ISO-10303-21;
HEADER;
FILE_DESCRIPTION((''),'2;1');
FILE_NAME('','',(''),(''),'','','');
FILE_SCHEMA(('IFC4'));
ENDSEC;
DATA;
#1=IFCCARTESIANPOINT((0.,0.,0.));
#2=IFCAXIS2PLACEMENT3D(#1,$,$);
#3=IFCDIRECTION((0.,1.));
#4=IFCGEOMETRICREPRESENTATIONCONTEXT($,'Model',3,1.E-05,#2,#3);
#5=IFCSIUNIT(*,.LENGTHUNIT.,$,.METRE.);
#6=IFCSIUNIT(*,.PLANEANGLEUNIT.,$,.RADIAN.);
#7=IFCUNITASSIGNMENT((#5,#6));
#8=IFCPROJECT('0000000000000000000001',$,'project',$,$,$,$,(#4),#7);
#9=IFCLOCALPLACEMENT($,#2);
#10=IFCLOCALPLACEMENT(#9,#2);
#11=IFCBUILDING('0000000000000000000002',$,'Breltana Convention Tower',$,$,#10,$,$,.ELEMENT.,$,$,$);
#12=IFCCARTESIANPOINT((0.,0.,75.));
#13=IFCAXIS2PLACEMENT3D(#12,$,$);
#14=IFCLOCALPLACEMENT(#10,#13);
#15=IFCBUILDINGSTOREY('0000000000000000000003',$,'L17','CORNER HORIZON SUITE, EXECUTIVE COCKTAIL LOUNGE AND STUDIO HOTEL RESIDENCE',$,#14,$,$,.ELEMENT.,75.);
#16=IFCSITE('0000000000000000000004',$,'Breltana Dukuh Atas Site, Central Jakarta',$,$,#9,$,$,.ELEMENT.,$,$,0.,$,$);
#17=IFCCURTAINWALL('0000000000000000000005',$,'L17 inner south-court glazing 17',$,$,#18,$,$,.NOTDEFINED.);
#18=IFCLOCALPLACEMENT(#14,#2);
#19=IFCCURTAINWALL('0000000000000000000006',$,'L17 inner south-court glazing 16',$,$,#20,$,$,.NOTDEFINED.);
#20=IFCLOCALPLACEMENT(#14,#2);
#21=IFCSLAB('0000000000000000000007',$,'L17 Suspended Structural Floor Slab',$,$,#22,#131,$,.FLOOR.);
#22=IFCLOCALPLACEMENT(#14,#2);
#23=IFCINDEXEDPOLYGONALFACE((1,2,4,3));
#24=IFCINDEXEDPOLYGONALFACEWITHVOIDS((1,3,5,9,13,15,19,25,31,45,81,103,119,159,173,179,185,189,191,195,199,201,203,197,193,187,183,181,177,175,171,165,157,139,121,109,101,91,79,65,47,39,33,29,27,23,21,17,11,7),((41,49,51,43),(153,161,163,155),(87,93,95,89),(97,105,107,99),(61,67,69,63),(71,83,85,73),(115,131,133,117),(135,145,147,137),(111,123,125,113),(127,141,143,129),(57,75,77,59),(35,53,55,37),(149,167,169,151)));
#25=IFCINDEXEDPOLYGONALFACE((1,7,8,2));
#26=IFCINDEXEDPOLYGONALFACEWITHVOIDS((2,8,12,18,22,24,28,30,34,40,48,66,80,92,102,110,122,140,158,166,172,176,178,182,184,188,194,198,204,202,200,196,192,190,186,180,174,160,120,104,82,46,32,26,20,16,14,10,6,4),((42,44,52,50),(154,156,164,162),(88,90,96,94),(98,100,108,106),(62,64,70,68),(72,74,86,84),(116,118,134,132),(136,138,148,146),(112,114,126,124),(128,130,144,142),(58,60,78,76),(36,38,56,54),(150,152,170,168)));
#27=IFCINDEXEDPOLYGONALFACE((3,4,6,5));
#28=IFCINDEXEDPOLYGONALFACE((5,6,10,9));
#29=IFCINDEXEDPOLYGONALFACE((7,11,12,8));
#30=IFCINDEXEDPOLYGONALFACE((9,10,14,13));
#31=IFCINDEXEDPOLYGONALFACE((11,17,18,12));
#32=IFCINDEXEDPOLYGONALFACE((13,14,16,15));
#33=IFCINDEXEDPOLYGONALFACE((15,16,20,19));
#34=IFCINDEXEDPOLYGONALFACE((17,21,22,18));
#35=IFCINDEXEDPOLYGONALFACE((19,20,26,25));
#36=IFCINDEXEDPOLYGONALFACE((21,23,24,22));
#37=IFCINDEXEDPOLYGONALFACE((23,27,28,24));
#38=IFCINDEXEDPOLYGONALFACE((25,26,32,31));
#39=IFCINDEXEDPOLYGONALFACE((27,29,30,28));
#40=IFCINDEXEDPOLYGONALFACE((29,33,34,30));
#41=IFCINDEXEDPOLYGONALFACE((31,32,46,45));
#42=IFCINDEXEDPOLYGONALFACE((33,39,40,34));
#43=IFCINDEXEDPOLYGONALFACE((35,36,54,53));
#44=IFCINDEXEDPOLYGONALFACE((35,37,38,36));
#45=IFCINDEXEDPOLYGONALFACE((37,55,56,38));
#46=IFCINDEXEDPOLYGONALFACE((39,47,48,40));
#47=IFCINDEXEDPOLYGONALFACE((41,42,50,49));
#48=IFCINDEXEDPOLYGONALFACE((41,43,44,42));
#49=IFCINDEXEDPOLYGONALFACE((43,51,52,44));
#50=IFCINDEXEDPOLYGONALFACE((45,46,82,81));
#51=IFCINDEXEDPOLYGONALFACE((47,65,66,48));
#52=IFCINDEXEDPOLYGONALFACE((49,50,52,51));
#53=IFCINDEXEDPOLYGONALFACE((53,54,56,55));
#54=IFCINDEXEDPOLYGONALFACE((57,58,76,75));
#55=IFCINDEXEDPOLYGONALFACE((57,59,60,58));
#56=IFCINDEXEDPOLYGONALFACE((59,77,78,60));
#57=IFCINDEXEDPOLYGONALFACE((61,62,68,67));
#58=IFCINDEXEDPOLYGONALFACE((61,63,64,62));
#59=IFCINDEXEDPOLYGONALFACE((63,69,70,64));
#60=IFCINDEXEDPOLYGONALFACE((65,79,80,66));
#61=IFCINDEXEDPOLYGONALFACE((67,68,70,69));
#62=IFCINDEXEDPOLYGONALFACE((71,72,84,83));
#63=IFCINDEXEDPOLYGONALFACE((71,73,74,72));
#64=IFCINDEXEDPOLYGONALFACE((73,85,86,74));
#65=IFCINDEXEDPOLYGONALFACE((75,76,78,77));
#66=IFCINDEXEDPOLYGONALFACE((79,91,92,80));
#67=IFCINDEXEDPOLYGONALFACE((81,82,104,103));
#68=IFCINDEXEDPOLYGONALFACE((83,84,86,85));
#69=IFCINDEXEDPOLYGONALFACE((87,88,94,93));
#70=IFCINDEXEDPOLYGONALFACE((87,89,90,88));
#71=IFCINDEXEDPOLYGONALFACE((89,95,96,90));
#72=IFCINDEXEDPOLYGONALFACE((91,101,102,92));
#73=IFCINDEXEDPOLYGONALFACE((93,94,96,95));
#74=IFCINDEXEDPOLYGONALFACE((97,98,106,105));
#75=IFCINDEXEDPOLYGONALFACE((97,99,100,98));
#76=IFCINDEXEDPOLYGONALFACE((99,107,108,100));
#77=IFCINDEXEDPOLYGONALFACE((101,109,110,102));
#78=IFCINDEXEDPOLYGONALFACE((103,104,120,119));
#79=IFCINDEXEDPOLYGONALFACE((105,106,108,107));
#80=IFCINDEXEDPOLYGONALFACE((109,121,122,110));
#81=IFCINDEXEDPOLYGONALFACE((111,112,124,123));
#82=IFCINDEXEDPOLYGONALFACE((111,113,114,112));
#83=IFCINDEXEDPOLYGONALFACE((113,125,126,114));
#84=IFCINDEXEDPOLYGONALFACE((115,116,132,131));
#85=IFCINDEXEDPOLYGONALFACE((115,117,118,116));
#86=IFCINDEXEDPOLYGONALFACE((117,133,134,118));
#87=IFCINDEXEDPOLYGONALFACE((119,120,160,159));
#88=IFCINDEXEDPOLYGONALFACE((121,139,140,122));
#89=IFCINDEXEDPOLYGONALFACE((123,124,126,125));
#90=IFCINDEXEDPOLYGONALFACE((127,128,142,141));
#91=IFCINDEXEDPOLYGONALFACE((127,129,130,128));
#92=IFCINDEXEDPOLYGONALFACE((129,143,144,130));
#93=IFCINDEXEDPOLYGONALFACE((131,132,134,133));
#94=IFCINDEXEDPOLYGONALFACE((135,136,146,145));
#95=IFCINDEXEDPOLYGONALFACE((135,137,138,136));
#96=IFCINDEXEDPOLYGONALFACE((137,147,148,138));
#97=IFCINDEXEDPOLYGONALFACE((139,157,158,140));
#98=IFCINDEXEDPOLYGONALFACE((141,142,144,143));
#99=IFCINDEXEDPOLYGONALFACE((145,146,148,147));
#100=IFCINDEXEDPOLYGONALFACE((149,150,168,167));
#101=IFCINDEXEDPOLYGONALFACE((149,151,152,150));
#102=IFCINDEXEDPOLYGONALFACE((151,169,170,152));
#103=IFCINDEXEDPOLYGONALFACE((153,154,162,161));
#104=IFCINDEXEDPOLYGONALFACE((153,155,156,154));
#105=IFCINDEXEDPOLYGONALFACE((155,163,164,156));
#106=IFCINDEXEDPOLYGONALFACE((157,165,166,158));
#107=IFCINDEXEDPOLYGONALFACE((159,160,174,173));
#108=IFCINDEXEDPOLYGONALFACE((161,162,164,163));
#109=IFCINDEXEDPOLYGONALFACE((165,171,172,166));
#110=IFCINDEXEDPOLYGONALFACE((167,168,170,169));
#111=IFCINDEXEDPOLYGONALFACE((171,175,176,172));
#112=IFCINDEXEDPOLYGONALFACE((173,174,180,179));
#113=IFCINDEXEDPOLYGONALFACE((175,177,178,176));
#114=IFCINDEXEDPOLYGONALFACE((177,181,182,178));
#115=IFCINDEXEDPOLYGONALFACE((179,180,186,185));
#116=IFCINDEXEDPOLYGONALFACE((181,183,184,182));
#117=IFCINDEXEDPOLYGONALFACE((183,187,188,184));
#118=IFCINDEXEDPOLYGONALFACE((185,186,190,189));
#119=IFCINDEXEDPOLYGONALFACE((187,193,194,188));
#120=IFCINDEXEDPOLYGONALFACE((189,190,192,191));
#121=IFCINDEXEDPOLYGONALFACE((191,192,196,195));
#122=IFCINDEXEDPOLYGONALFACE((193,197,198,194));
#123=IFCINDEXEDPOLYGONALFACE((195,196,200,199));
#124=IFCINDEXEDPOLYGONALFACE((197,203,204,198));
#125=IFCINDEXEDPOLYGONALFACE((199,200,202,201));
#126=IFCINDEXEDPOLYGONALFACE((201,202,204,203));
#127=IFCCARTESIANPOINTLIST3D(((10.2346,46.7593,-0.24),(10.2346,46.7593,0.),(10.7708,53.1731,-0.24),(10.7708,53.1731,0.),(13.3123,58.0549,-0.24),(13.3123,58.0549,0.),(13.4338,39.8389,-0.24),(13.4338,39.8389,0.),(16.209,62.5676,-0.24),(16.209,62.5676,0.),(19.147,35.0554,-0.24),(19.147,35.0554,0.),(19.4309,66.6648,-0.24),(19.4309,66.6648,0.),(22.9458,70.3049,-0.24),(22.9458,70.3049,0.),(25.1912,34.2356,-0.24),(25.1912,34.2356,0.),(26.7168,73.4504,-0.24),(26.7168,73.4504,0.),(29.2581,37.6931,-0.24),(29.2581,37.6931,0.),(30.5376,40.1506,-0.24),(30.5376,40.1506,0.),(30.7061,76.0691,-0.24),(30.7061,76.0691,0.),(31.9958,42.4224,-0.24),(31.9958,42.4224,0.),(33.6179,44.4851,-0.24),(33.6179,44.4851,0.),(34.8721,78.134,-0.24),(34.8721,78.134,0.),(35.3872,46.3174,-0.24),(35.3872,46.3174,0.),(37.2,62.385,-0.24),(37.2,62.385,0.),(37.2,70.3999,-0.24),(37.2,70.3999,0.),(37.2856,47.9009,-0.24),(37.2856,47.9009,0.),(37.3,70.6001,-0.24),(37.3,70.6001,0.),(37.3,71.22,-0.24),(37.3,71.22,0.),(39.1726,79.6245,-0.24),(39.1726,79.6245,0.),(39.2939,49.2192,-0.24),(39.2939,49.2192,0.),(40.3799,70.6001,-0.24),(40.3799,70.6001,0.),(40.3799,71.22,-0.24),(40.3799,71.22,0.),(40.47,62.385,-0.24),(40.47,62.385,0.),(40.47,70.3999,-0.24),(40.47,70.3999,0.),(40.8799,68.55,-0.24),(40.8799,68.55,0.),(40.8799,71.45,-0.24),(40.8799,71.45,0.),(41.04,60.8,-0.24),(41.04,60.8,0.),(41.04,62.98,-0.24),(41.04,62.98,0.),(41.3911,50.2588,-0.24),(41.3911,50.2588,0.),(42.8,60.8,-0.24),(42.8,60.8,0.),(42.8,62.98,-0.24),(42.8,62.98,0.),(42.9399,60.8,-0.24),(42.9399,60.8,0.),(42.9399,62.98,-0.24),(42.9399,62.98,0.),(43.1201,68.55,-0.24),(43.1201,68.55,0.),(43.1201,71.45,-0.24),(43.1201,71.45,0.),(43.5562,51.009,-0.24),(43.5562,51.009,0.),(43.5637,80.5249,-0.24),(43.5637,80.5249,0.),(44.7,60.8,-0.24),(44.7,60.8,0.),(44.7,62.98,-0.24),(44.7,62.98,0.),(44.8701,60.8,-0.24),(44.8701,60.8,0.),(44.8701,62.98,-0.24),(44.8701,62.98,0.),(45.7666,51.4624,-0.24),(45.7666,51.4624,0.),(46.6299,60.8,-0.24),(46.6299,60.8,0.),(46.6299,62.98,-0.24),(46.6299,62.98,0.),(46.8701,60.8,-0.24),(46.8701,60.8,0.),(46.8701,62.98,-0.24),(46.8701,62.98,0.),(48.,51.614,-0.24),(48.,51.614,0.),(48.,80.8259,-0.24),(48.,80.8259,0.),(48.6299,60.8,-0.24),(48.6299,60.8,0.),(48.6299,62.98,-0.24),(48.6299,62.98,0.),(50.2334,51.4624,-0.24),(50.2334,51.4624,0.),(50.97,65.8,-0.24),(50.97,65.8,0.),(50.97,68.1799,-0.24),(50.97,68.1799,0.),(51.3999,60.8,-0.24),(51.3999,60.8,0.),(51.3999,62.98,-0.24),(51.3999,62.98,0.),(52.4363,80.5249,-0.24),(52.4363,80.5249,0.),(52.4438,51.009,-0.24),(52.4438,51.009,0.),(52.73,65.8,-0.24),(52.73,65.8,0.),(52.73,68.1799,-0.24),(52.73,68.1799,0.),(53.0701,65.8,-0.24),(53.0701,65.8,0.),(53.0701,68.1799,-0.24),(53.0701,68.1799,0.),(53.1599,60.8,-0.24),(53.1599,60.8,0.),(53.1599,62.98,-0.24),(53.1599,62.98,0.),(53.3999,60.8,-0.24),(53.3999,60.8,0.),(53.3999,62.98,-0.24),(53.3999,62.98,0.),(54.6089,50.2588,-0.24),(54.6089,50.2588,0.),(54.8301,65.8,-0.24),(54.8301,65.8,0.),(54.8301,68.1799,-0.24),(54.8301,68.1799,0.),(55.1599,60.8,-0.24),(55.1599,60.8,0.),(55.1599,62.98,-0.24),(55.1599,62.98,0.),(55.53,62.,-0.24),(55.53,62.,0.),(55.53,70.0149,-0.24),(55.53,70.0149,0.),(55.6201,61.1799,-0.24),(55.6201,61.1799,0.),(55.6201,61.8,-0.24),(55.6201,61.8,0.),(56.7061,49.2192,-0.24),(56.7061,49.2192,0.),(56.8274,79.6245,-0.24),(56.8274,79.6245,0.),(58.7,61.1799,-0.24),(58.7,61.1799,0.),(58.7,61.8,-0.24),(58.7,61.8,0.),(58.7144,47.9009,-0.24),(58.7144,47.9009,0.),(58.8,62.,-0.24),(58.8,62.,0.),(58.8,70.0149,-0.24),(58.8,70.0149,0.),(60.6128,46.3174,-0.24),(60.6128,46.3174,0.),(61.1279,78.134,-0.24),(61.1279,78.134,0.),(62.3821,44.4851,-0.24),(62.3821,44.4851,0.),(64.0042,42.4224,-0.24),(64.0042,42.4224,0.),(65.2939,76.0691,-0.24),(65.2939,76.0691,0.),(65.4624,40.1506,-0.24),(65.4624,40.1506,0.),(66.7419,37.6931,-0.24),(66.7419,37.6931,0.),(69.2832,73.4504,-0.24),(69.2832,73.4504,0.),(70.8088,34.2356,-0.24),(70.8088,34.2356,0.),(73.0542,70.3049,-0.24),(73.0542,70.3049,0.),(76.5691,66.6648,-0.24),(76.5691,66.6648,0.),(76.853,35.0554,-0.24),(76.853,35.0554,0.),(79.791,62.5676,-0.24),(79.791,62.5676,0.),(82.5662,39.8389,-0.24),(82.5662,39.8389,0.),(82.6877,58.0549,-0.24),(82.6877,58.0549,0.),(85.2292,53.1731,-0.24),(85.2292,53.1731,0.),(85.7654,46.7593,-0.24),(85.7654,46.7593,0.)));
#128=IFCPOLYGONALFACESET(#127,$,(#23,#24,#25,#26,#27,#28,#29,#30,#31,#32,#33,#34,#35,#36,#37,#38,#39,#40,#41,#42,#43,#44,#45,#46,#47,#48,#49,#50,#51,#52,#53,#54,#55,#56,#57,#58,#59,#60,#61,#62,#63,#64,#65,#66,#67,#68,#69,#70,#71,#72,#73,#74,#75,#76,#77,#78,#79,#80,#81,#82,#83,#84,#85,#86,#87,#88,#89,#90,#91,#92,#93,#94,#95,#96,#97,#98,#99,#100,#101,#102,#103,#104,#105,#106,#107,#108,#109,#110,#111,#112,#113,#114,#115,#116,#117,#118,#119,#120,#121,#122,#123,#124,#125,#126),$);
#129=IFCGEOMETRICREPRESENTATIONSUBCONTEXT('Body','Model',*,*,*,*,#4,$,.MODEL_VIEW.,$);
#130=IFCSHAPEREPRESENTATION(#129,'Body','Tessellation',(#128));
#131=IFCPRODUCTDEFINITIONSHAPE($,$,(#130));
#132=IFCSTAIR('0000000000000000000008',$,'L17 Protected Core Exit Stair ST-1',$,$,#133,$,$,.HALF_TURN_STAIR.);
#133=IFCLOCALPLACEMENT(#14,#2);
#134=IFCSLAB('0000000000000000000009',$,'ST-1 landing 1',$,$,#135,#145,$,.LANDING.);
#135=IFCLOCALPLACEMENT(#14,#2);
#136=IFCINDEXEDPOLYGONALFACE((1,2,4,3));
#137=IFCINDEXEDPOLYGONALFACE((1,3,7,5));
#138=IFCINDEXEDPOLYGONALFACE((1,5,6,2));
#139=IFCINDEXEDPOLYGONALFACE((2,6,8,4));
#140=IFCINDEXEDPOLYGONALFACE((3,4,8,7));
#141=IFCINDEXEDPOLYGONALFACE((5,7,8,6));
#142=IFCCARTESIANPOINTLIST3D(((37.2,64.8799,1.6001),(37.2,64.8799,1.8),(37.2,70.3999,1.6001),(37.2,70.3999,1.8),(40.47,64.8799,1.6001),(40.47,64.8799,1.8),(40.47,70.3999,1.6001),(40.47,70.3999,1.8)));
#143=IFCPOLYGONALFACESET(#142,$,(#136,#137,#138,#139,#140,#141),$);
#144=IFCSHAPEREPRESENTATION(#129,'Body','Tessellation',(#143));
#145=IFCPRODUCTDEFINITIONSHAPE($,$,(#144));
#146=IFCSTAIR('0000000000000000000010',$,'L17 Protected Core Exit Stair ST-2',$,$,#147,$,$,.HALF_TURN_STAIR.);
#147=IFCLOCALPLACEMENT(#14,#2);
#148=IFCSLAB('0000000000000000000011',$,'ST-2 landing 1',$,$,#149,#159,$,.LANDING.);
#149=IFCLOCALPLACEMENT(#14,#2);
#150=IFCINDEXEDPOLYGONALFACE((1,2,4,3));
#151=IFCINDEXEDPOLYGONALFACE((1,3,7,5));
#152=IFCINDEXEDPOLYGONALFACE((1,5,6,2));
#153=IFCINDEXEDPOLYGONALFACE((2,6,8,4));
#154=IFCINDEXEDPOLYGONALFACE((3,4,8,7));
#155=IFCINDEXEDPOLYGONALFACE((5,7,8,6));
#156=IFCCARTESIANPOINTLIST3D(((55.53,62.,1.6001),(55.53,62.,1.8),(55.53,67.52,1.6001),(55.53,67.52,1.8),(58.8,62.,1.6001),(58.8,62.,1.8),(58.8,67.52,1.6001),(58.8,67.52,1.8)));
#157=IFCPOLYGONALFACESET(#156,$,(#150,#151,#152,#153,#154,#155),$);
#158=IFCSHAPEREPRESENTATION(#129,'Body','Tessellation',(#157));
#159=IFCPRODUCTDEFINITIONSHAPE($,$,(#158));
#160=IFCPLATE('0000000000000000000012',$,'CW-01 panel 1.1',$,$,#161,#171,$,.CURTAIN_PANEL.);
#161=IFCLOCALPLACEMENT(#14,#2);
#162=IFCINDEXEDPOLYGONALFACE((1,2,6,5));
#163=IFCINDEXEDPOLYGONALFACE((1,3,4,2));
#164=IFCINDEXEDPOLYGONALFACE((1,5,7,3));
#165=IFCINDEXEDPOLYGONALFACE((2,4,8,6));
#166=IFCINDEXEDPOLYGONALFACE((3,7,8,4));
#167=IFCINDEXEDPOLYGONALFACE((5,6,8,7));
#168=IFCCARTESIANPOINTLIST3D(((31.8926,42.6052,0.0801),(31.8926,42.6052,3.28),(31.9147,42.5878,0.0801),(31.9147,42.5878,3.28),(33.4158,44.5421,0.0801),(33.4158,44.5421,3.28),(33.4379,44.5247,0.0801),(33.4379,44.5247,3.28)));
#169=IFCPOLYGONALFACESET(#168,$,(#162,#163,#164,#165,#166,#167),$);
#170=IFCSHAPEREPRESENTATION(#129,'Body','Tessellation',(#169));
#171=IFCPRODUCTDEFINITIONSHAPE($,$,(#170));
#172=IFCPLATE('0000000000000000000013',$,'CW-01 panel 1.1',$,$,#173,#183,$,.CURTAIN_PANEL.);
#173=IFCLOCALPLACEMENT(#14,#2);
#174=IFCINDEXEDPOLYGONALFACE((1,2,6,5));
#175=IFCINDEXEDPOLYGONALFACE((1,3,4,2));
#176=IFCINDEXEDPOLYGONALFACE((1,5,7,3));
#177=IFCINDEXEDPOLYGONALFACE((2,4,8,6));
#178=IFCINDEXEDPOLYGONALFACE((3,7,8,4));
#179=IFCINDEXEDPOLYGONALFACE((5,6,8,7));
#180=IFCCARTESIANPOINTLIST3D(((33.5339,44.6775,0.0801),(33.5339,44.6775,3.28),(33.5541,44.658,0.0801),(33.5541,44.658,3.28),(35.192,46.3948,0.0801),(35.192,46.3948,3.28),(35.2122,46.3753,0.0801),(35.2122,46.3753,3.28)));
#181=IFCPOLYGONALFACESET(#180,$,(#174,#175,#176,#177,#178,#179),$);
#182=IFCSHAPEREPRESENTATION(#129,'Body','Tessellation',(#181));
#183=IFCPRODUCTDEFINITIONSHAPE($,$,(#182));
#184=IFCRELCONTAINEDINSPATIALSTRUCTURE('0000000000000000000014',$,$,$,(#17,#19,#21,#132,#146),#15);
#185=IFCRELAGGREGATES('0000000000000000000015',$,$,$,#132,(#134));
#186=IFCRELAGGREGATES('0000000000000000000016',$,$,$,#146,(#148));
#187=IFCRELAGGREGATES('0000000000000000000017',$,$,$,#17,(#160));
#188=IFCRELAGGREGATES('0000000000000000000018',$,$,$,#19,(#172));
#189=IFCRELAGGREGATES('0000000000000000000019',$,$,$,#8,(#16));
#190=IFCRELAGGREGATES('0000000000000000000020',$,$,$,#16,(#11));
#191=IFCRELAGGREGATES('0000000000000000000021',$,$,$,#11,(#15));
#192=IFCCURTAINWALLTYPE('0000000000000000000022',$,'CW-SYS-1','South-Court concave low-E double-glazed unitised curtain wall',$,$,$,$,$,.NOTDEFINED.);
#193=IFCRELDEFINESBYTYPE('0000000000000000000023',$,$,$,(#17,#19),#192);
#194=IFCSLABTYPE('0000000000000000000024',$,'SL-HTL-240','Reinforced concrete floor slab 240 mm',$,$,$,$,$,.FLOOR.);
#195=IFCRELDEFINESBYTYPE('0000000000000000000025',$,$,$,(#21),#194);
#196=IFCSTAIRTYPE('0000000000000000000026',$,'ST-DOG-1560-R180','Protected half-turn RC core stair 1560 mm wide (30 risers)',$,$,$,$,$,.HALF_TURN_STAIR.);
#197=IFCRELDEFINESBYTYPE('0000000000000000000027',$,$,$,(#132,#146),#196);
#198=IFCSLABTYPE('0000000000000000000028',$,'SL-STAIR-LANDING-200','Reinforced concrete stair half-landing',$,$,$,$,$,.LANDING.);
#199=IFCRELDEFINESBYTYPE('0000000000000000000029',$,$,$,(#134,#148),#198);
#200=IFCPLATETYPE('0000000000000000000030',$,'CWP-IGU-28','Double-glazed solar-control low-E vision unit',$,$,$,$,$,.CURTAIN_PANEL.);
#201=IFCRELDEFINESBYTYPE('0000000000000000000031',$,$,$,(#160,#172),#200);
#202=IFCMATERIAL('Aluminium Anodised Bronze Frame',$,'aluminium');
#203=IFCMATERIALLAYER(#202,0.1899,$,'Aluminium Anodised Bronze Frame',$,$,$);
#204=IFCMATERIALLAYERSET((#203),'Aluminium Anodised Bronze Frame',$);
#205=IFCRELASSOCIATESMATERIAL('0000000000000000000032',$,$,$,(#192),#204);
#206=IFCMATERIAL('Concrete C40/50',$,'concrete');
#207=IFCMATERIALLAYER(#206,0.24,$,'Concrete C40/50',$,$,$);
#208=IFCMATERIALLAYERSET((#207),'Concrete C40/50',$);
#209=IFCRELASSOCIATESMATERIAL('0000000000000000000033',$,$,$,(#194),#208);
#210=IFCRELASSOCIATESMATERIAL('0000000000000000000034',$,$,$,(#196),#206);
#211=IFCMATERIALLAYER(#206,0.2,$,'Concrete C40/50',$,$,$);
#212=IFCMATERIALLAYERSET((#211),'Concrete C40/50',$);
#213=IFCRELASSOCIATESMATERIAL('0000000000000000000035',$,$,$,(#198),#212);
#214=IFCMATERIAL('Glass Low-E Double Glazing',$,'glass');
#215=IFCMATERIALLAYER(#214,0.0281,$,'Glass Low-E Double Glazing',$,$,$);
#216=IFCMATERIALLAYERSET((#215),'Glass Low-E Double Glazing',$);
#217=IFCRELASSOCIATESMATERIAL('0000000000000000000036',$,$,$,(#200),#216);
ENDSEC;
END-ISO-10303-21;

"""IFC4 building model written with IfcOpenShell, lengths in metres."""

from ifc_helpers import new_model, si_unit, direction, frame, origin, origin_2d, place, context, subcontext, project, spatial, polyline, rectangle, outline, extrude, source, transform, mapped, material, layer, layer_set, type_object, element, aggregate, save


model = new_model("IFC4")

# Units and contexts
model_context = context("Model", 3, precision=1e-05, world=origin(), true_north=direction((0.0, 1.0)))
body_context = subcontext(model_context, "Body", "Model", "MODEL_VIEW")
ifc_project = project(units=[si_unit("LENGTHUNIT", "METRE"), si_unit("PLANEANGLEUNIT", "RADIAN")], contexts=[model_context])

# Site, building, storey
site_placement = place(None, origin())
site = spatial("IfcSite", under=ifc_project, at=site_placement, Name="Breltana Dukuh Atas Site, Central Jakarta", CompositionType="ELEMENT", RefElevation=0.0)
building_placement = place(site_placement, origin())
building = spatial("IfcBuilding", under=site, at=building_placement, Name="Breltana Convention Tower", CompositionType="ELEMENT")
storey_placement = place(building_placement, frame((0.0, 0.0, 75.0)))
storey = spatial("IfcBuildingStorey", under=building, at=storey_placement, Name="L17", Description="CORNER HORIZON SUITE, EXECUTIVE COCKTAIL LOUNGE AND STUDIO HOTEL RESIDENCE", CompositionType="ELEMENT", Elevation=75.0)

# Curtain wall
ifc_material_1 = material(Name="Aluminium Anodised Bronze Frame", Category="aluminium")
ifc_layer_1 = layer(ifc_material_1, 0.1899, Name="Aluminium Anodised Bronze Frame")
ifc_layer_set_1 = layer_set([ifc_layer_1], Name="Aluminium Anodised Bronze Frame")
curtain_wall_type = type_object("IfcCurtainWallType", Name="CW-SYS-1", Description="South-Court concave low-E double-glazed unitised curtain wall", PredefinedType="NOTDEFINED", material=ifc_layer_set_1)
curtain_wall_1_placement = place(storey_placement, origin())
curtain_wall_1 = element("IfcCurtainWall", 1, at=curtain_wall_1_placement, inside=storey, type_object=curtain_wall_type, Name="L17 inner south-court glazing 17", PredefinedType="NOTDEFINED")

# Curtain wall
curtain_wall_2_placement = place(storey_placement, origin())
curtain_wall_2 = element("IfcCurtainWall", 2, at=curtain_wall_2_placement, inside=storey, type_object=curtain_wall_type, Name="L17 inner south-court glazing 16", PredefinedType="NOTDEFINED")

# Slab
ifc_material_2 = material(Name="Concrete C40/50", Category="concrete")
ifc_layer_2 = layer(ifc_material_2, 0.24, Name="Concrete C40/50")
ifc_layer_set_2 = layer_set([ifc_layer_2], Name="Concrete C40/50")
slab_type_1 = type_object("IfcSlabType", Name="SL-HTL-240", Description="Reinforced concrete floor slab 240 mm", PredefinedType="FLOOR", material=ifc_layer_set_2)
slab_1_placement = place(storey_placement, frame((0.0, 0.0, -0.24)))
element("IfcSlab", 3, at=slab_1_placement, inside=storey, type_object=slab_type_1, Name="L17 Suspended Structural Floor Slab", PredefinedType="FLOOR", context=body_context, shape_type="SweptSolid", body=[
    extrude(outline(polyline([(85.2292, 53.1731), (82.6877, 58.0549), (79.791, 62.5676), (76.5691, 66.6648), (73.0542, 70.3049), (69.2832, 73.4504), (65.2939, 76.0691), (61.1279, 78.134), (56.8274, 79.6245), (52.4363, 80.5249), (48.0, 80.8259), (43.5637, 80.5249), (39.1726, 79.6245), (34.8721, 78.134), (30.7061, 76.0691), (26.7168, 73.4504), (22.9458, 70.3049), (19.4309, 66.6648), (16.209, 62.5676), (13.3123, 58.0549), (10.7708, 53.1731), (10.2346, 46.7593), (13.4338, 39.8389), (19.147, 35.0554), (25.1912, 34.2356), (29.2581, 37.6931), (30.5376, 40.1506), (31.9958, 42.4224), (33.6179, 44.4851), (35.3872, 46.3174), (37.2856, 47.9009), (39.2939, 49.2192), (41.3911, 50.2588), (43.5562, 51.009), (45.7666, 51.4624), (48.0, 51.614), (50.2334, 51.4624), (52.4438, 51.009), (54.6089, 50.2588), (56.7061, 49.2192), (58.7144, 47.9009), (60.6128, 46.3174), (62.3821, 44.4851), (64.0042, 42.4224), (65.4624, 40.1506), (66.7419, 37.6931), (70.8088, 34.2356), (76.853, 35.0554), (82.5662, 39.8389), (85.7654, 46.7593), (85.2292, 53.1731)]), holes=[polyline([(37.2, 62.385), (40.47, 62.385), (40.47, 70.3999), (37.2, 70.3999), (37.2, 62.385)]), polyline([(55.53, 62.0), (58.8, 62.0), (58.8, 70.0149), (55.53, 70.0149), (55.53, 62.0)]), polyline([(41.04, 60.8), (42.8, 60.8), (42.8, 62.98), (41.04, 62.98), (41.04, 60.8)]), polyline([(42.9399, 60.8), (44.7, 60.8), (44.7, 62.98), (42.9399, 62.98), (42.9399, 60.8)]), polyline([(44.8701, 60.8), (46.6299, 60.8), (46.6299, 62.98), (44.8701, 62.98), (44.8701, 60.8)]), polyline([(46.8701, 60.8), (48.6299, 60.8), (48.6299, 62.98), (46.8701, 62.98), (46.8701, 60.8)]), polyline([(51.3999, 60.8), (53.1599, 60.8), (53.1599, 62.98), (51.3999, 62.98), (51.3999, 60.8)]), polyline([(53.3999, 60.8), (55.1599, 60.8), (55.1599, 62.98), (53.3999, 62.98), (53.3999, 60.8)]), polyline([(50.97, 65.8), (52.73, 65.8), (52.73, 68.1799), (50.97, 68.1799), (50.97, 65.8)]), polyline([(53.0701, 65.8), (54.8301, 65.8), (54.8301, 68.1799), (53.0701, 68.1799), (53.0701, 65.8)]), polyline([(40.8799, 68.55), (43.1201, 68.55), (43.1201, 71.45), (40.8799, 71.45), (40.8799, 68.55)]), polyline([(37.3, 70.6001), (40.3799, 70.6001), (40.3799, 71.22), (37.3, 71.22), (37.3, 70.6001)]), polyline([(55.6201, 61.1799), (58.7, 61.1799), (58.7, 61.8), (55.6201, 61.8), (55.6201, 61.1799)])]), origin(), (0.0, 0.0, 1.0), 0.24),
])

# Stairs, slabs
stair_type = type_object("IfcStairType", Name="ST-DOG-1560-R180", Description="Protected half-turn RC core stair 1560 mm wide (30 risers)", PredefinedType="HALF_TURN_STAIR", material=ifc_material_2)
stair_1_placement = place(storey_placement, origin())
stair_1 = element("IfcStair", 4, at=stair_1_placement, inside=storey, type_object=stair_type, Name="L17 Protected Core Exit Stair ST-1", PredefinedType="HALF_TURN_STAIR")
ifc_layer_3 = layer(ifc_material_2, 0.2, Name="Concrete C40/50")
ifc_layer_set_3 = layer_set([ifc_layer_3], Name="Concrete C40/50")
slab_type_2 = type_object("IfcSlabType", Name="SL-STAIR-LANDING-200", Description="Reinforced concrete stair half-landing", PredefinedType="LANDING", material=ifc_layer_set_3)
slab_2_placement = place(storey_placement, frame((0.0, 0.0, 1.6001)))
slab_2 = element("IfcSlab", 5, at=slab_2_placement, type_object=slab_type_2, Name="ST-1 landing 1", PredefinedType="LANDING", context=body_context, shape_type="SweptSolid", body=[
    extrude(outline(polyline([(40.47, 64.8799), (40.47, 70.3999), (37.2, 70.3999), (37.2, 64.8799), (40.47, 64.8799)])), origin(), (0.0, 0.0, 1.0), 0.2),
])
aggregate(stair_1, [slab_2])
stair_2_placement = place(storey_placement, origin())
stair_2 = element("IfcStair", 6, at=stair_2_placement, inside=storey, type_object=stair_type, Name="L17 Protected Core Exit Stair ST-2", PredefinedType="HALF_TURN_STAIR")
slab_3_placement = place(storey_placement, frame((0.0, 0.0, 1.6001)))
slab_3 = element("IfcSlab", 7, at=slab_3_placement, type_object=slab_type_2, Name="ST-2 landing 1", PredefinedType="LANDING", context=body_context, shape_type="SweptSolid", body=[
    extrude(outline(polyline([(55.53, 67.52), (55.53, 62.0), (58.8, 62.0), (58.8, 67.52), (55.53, 67.52)])), origin(), (0.0, 0.0, 1.0), 0.2),
])
aggregate(stair_2, [slab_3])

# Plates
ifc_material_3 = material(Name="Glass Low-E Double Glazing", Category="glass")
ifc_layer_4 = layer(ifc_material_3, 0.0281, Name="Glass Low-E Double Glazing")
ifc_layer_set_4 = layer_set([ifc_layer_4], Name="Glass Low-E Double Glazing")
plate_type = type_object("IfcPlateType", Name="CWP-IGU-28", Description="Double-glazed solar-control low-E vision unit", PredefinedType="CURTAIN_PANEL", material=ifc_layer_set_4)
shared_shape_1 = source(origin(), body_context, "Body", "SweptSolid", [
    extrude(rectangle(XDim=2.4641, YDim=0.0281, at=origin_2d()), origin(), (0.0, 0.0, 1.0), 3.2),
])
plate_1_placement = place(storey_placement, frame((32.6653, 43.5649, 0.0801), z_axis=(0.0, 0.0, 1.0), x_axis=(-0.618153, -0.786058, 0.0)))
plate_1 = element("IfcPlate", 8, at=plate_1_placement, type_object=plate_type, Name="CW-01 panel 1.1", PredefinedType="CURTAIN_PANEL", context=body_context, shape_type="MappedRepresentation", body=[
    mapped(shared_shape_1, transform((0.0, 0.0, 0.0), scale=1.0)),
])
aggregate(curtain_wall_1, [plate_1])
shared_shape_2 = source(origin(), body_context, "Body", "SweptSolid", [
    extrude(rectangle(XDim=2.3872, YDim=0.0281, at=origin_2d()), origin(), (0.0, 0.0, 1.0), 3.2),
])
plate_2_placement = place(storey_placement, frame((34.373, 45.5264, 0.0801), z_axis=(0.0, 0.0, 1.0), x_axis=(-0.694612, -0.719385, 0.0)))
plate_2 = element("IfcPlate", 9, at=plate_2_placement, type_object=plate_type, Name="CW-01 panel 1.1", PredefinedType="CURTAIN_PANEL", context=body_context, shape_type="MappedRepresentation", body=[
    mapped(shared_shape_2, transform((0.0, 0.0, 0.0), scale=1.0)),
])
aggregate(curtain_wall_2, [plate_2])

save(model, "model.ifc")
